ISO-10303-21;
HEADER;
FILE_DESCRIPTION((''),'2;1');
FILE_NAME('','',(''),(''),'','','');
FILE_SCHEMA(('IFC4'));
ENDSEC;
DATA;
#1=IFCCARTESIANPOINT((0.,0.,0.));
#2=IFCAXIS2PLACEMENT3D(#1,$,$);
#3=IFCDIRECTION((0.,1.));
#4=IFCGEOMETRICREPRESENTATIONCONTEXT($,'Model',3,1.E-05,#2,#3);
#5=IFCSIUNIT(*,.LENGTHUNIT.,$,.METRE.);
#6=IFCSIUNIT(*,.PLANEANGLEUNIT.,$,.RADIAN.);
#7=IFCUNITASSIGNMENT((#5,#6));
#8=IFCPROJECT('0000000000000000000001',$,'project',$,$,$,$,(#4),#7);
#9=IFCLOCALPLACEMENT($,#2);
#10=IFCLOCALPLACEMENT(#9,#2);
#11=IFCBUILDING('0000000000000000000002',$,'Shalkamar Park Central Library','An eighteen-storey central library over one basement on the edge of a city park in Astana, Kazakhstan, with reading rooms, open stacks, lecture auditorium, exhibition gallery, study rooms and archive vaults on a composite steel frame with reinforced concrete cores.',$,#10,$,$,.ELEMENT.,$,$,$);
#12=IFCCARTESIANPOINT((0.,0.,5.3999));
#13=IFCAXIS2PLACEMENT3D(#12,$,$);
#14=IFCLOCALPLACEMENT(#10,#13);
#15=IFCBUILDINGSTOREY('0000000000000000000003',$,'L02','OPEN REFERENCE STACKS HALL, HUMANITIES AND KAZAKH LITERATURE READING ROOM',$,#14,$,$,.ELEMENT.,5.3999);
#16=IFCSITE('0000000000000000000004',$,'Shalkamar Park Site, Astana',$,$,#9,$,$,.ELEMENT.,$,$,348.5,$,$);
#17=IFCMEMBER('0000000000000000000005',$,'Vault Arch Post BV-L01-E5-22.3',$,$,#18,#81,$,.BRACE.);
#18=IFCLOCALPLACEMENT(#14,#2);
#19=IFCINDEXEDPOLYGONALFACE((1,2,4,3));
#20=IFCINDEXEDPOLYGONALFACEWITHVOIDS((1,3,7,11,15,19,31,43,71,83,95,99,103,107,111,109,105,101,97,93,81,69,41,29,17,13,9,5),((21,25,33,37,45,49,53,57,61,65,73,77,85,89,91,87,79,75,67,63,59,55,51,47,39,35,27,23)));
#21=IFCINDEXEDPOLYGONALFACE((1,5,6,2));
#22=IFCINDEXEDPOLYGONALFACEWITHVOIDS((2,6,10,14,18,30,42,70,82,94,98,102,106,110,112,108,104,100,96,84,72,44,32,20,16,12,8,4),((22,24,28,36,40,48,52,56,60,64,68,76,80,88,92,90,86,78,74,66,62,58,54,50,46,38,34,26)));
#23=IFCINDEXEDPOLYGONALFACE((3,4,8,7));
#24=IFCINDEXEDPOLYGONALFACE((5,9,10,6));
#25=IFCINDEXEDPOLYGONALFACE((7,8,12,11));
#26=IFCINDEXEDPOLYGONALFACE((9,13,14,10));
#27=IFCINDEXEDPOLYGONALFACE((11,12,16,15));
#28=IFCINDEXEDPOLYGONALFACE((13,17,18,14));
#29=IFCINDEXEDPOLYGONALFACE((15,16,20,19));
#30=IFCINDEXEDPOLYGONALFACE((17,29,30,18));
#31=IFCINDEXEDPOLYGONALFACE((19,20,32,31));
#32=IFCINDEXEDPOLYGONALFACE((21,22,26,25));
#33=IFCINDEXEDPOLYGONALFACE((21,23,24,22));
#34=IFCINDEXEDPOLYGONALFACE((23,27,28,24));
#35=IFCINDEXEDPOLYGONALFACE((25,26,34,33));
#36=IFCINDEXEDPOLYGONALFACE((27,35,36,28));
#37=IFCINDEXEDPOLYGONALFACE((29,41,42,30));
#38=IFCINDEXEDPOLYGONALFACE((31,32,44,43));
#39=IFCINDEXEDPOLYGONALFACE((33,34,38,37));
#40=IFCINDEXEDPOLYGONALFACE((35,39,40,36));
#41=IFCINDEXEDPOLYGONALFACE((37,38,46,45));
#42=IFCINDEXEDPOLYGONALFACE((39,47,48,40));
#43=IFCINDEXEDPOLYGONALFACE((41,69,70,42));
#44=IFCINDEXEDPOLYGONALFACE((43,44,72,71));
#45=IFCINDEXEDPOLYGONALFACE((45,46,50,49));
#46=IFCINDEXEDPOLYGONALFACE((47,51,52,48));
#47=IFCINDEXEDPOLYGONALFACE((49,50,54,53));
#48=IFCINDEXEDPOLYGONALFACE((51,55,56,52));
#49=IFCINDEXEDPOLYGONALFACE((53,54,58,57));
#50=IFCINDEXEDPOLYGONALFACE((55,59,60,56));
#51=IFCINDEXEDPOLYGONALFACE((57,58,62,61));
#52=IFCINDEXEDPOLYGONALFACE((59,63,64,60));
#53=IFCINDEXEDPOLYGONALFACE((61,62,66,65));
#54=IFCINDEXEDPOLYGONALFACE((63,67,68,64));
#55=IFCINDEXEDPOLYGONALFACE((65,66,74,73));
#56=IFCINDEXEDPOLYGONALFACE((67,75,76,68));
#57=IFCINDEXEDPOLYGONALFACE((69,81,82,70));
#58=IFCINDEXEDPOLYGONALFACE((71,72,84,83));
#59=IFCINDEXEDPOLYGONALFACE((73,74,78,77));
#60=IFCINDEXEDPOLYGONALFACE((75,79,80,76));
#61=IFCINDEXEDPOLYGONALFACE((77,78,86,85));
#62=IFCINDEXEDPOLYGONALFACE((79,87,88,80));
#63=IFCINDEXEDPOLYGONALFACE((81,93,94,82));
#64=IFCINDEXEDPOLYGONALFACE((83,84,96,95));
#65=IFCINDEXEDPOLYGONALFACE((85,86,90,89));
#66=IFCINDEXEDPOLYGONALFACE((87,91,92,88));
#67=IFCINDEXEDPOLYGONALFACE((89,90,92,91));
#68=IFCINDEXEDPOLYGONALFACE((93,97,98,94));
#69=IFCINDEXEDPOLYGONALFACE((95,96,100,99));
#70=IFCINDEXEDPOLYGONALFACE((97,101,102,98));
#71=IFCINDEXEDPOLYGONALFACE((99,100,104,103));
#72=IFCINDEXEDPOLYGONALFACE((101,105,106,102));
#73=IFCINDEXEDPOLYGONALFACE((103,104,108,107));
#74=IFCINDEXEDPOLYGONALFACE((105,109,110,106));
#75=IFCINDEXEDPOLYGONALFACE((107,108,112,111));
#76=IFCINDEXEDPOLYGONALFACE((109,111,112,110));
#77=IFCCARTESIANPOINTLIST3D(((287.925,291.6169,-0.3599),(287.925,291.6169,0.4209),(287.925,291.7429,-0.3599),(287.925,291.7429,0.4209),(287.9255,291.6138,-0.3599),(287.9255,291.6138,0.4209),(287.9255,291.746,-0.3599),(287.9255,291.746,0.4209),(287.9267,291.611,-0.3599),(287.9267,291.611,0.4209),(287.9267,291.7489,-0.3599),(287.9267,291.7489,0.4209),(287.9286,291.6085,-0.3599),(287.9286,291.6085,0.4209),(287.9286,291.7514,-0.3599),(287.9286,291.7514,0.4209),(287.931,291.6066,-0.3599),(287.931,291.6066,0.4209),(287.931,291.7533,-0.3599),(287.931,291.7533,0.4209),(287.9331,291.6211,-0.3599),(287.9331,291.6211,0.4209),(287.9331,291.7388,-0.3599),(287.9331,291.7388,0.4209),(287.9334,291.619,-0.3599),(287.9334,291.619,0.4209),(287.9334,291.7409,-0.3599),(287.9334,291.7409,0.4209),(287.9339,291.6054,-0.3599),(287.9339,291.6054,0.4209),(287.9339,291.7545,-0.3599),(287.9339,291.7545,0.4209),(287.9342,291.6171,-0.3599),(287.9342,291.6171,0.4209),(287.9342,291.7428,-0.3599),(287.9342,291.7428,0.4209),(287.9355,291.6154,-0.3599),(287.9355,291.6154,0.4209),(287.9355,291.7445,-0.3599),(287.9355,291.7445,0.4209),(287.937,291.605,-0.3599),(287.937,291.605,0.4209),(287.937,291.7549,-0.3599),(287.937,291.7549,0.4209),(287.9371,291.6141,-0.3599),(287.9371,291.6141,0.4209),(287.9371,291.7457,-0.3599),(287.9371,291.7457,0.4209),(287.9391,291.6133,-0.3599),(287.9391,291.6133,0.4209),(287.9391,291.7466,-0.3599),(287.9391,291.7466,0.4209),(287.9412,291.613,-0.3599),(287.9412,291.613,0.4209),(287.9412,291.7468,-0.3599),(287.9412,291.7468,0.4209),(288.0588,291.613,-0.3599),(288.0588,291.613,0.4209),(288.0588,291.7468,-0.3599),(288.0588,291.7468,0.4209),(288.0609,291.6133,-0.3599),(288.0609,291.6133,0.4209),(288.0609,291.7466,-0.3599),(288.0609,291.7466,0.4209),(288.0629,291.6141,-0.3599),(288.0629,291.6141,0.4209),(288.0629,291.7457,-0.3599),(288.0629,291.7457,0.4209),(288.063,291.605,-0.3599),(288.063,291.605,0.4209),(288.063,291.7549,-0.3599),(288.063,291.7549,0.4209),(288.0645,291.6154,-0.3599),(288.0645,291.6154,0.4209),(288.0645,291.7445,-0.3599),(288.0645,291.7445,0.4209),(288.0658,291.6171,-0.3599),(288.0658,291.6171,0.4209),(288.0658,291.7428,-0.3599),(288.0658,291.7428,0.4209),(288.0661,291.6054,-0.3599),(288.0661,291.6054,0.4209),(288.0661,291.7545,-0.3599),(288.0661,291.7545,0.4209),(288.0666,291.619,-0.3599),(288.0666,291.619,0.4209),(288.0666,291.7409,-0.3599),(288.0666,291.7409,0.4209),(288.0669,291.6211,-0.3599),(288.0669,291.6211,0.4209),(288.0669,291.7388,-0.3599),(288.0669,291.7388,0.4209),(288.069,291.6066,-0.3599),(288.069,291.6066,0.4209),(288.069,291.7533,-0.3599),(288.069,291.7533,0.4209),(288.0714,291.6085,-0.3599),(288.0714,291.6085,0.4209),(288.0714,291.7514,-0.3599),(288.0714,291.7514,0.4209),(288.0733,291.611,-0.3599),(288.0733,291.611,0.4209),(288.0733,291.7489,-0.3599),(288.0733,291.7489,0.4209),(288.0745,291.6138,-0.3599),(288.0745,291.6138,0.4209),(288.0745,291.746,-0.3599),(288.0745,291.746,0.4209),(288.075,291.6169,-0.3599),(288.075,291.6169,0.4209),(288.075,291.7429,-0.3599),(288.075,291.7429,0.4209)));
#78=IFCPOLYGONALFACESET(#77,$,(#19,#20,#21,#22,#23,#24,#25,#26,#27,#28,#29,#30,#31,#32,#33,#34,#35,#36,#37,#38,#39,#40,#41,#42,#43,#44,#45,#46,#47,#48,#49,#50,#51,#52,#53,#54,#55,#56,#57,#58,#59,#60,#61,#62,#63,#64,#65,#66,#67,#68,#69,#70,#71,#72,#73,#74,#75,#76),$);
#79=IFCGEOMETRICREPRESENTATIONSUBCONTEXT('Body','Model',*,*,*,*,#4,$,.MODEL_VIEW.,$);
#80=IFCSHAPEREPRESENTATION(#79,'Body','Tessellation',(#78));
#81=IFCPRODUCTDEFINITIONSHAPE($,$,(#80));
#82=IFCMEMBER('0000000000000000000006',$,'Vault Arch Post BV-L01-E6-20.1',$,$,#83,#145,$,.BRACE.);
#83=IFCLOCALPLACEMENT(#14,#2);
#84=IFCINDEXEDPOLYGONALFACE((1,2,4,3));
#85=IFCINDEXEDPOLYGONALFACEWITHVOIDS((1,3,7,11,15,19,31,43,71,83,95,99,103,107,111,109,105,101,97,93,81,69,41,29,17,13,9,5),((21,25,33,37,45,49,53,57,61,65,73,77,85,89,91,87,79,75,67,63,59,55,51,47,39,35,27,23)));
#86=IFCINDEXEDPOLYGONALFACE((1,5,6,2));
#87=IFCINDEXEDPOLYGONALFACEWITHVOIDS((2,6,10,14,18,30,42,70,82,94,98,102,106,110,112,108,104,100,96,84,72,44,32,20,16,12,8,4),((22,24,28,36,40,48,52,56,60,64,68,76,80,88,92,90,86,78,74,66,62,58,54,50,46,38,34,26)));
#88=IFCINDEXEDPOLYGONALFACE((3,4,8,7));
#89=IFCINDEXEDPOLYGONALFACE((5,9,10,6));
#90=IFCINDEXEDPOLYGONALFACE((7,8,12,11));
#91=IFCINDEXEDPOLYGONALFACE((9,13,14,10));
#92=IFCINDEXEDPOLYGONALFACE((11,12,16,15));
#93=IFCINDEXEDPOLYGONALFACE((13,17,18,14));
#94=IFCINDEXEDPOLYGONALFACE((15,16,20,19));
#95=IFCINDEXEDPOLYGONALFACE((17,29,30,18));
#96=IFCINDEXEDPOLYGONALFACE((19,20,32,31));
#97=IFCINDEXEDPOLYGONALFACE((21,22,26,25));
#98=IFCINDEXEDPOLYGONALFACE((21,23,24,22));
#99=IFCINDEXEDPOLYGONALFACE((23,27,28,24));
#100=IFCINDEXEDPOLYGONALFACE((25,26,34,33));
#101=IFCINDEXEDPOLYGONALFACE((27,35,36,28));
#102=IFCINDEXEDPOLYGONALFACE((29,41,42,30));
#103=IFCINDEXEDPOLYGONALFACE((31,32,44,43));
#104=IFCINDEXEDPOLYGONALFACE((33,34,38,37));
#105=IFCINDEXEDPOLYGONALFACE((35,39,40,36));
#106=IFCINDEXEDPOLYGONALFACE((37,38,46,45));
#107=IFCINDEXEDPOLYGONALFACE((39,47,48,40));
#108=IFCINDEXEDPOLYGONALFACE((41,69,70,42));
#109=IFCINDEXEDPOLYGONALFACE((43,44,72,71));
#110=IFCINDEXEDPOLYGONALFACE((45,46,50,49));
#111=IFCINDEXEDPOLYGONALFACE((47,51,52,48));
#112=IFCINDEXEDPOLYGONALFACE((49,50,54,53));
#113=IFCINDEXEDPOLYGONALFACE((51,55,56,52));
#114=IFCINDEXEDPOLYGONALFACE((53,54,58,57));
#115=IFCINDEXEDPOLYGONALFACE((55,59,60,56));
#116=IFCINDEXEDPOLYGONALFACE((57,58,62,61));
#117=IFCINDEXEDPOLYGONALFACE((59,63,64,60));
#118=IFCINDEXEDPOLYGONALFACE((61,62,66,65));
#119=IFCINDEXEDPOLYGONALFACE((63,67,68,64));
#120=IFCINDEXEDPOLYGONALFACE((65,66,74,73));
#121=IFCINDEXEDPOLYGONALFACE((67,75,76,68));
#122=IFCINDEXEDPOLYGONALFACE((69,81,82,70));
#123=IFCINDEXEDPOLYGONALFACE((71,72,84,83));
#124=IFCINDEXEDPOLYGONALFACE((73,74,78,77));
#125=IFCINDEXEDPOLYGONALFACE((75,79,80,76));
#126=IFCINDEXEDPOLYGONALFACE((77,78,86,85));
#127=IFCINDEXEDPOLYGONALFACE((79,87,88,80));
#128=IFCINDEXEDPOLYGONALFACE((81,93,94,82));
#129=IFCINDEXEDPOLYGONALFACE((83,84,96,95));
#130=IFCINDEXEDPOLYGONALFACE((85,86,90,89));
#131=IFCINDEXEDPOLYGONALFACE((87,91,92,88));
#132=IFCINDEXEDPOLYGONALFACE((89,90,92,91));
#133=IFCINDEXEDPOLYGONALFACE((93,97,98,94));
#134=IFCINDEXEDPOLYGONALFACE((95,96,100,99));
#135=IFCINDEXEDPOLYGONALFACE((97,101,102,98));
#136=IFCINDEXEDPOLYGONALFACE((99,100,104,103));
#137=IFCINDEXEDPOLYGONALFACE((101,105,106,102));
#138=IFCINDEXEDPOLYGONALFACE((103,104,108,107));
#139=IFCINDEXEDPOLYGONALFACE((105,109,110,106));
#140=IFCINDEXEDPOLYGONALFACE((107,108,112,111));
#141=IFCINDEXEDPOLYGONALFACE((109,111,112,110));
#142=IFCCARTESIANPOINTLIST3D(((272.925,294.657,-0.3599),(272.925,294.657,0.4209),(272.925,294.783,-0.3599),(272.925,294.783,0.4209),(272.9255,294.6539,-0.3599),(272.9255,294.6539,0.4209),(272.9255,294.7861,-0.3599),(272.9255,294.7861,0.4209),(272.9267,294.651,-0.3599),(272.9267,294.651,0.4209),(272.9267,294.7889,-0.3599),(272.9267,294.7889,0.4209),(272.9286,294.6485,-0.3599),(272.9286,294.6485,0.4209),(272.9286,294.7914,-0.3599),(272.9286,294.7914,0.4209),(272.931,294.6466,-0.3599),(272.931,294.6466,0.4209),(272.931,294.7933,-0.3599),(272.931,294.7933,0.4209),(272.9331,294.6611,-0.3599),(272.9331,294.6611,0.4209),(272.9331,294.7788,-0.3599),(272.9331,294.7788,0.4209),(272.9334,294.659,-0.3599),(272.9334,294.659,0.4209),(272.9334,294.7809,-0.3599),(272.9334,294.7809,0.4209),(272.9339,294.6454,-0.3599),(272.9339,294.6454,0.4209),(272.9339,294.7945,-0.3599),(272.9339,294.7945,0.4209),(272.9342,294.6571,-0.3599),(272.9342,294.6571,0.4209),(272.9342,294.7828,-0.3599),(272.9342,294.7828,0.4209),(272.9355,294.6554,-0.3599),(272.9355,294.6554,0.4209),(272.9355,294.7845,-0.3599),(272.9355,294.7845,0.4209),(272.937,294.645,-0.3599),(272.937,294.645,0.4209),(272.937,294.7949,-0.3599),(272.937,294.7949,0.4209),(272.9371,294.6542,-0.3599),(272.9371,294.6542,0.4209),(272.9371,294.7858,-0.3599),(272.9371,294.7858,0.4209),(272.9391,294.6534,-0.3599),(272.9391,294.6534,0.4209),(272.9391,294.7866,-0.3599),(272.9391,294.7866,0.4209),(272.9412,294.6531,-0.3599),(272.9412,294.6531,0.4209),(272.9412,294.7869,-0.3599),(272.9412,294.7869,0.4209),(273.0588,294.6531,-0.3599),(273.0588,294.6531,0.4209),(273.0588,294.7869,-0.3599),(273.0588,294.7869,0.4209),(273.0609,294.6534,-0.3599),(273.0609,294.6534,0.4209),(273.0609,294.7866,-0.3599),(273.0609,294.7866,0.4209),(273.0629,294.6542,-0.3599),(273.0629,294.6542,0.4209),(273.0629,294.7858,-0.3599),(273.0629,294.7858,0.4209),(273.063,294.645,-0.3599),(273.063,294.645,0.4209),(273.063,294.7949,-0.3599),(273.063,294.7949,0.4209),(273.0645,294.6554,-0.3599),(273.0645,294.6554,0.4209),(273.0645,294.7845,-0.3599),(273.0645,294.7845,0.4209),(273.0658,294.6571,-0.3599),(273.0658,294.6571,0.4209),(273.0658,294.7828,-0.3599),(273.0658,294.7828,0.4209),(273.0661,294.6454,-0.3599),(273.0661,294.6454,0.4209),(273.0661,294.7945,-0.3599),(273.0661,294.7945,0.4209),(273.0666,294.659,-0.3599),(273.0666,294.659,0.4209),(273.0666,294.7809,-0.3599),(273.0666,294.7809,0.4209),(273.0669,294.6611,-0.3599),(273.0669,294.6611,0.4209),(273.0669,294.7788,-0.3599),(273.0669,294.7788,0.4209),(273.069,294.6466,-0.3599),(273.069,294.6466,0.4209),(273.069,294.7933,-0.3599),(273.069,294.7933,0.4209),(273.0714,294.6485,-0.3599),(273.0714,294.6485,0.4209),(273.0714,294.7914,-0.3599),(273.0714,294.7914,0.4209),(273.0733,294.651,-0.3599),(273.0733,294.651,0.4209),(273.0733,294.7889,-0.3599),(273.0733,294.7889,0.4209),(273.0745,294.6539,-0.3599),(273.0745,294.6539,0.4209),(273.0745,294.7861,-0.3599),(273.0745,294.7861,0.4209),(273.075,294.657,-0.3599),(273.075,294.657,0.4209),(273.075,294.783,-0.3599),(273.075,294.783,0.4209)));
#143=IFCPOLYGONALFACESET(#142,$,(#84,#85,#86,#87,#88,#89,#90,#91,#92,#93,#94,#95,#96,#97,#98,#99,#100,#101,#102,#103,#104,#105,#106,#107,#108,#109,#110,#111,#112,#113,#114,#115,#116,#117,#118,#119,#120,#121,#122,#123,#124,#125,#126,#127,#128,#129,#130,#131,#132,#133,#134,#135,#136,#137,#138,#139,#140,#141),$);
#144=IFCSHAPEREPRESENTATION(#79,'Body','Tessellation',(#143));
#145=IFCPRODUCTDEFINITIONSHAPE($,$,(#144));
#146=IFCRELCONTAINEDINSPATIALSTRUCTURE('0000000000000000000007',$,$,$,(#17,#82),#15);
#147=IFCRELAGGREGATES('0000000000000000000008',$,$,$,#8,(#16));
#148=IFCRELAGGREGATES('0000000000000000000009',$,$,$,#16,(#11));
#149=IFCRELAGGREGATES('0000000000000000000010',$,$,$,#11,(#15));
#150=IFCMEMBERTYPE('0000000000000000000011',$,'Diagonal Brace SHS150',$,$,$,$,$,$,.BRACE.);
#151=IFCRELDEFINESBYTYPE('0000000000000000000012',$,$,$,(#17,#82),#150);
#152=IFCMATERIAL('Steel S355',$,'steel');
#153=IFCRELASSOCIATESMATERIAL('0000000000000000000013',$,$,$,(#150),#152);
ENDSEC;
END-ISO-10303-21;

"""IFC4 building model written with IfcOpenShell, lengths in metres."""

from ifc_helpers import new_model, si_unit, direction, frame, origin, origin_2d, place, context, subcontext, project, spatial, hollow_rectangle, extrude, material, material_profile, profile_set, type_object, element, save


model = new_model("IFC4")

# Units and contexts
model_context = context("Model", 3, precision=1e-05, world=origin(), true_north=direction((0.0, 1.0)))
body_context = subcontext(model_context, "Body", "Model", "MODEL_VIEW")
ifc_project = project(units=[si_unit("LENGTHUNIT", "METRE"), si_unit("PLANEANGLEUNIT", "RADIAN")], contexts=[model_context])

# Site, building, storey
site_placement = place(None, origin())
site = spatial("IfcSite", under=ifc_project, at=site_placement, Name="Shalkamar Park Site, Astana", CompositionType="ELEMENT", RefElevation=348.5)
building_placement = place(site_placement, origin())
building = spatial("IfcBuilding", under=site, at=building_placement, Name="Shalkamar Park Central Library", Description="An eighteen-storey central library over one basement on the edge of a city park in Astana, Kazakhstan, with reading rooms, open stacks, lecture auditorium, exhibition gallery, study rooms and archive vaults on a composite steel frame with reinforced concrete cores.", CompositionType="ELEMENT")
storey_placement = place(building_placement, frame((0.0, 0.0, 5.3999)))
storey = spatial("IfcBuildingStorey", under=building, at=storey_placement, Name="L02", Description="OPEN REFERENCE STACKS HALL, HUMANITIES AND KAZAKH LITERATURE READING ROOM", CompositionType="ELEMENT", Elevation=5.3999)

# Shared definitions
ifc_material_1 = material(Name="Steel S355", Category="steel")

# Members
ifc_material_profile_1 = material_profile(ifc_material_1, hollow_rectangle(XDim=0.1499, YDim=0.1499, WallThickness=0.0081, InnerFilletRadius=0.0081, OuterFilletRadius=0.012, at=origin_2d()), Name="SHS 150x150x8")
ifc_profile_set_1 = profile_set([ifc_material_profile_1], Name="Steel S355")
member_type_1 = type_object("IfcMemberType", Name="Diagonal Brace SHS150", PredefinedType="BRACE", material=ifc_profile_set_1)
for number, where, z_axis, x_axis, name in (
    (1, (288.0, 291.6799, -0.3599), (0.0, 0.0, 1.0), (1.0, 0.0, 0.0), "Vault Arch Post BV-L01-E5-22.3"),
    (2, (273.0, 294.72, -0.3599), (0.0, 0.0, 1.0), (1.0, 0.0, 0.0), "Vault Arch Post BV-L01-E6-20.1"),
):
    element("IfcMember", number, at=place(storey_placement, frame(where, z_axis=z_axis, x_axis=x_axis)), inside=storey, type_object=member_type_1, Name=name, PredefinedType="BRACE", context=body_context, shape_type="SweptSolid", body=[
        extrude(hollow_rectangle(XDim=0.1499, YDim=0.1499, WallThickness=0.0081, InnerFilletRadius=0.0081, OuterFilletRadius=0.012, at=origin_2d()), origin(), (0.0, 0.0, 1.0), 0.7808),
    ])

save(model, "model.ifc")
